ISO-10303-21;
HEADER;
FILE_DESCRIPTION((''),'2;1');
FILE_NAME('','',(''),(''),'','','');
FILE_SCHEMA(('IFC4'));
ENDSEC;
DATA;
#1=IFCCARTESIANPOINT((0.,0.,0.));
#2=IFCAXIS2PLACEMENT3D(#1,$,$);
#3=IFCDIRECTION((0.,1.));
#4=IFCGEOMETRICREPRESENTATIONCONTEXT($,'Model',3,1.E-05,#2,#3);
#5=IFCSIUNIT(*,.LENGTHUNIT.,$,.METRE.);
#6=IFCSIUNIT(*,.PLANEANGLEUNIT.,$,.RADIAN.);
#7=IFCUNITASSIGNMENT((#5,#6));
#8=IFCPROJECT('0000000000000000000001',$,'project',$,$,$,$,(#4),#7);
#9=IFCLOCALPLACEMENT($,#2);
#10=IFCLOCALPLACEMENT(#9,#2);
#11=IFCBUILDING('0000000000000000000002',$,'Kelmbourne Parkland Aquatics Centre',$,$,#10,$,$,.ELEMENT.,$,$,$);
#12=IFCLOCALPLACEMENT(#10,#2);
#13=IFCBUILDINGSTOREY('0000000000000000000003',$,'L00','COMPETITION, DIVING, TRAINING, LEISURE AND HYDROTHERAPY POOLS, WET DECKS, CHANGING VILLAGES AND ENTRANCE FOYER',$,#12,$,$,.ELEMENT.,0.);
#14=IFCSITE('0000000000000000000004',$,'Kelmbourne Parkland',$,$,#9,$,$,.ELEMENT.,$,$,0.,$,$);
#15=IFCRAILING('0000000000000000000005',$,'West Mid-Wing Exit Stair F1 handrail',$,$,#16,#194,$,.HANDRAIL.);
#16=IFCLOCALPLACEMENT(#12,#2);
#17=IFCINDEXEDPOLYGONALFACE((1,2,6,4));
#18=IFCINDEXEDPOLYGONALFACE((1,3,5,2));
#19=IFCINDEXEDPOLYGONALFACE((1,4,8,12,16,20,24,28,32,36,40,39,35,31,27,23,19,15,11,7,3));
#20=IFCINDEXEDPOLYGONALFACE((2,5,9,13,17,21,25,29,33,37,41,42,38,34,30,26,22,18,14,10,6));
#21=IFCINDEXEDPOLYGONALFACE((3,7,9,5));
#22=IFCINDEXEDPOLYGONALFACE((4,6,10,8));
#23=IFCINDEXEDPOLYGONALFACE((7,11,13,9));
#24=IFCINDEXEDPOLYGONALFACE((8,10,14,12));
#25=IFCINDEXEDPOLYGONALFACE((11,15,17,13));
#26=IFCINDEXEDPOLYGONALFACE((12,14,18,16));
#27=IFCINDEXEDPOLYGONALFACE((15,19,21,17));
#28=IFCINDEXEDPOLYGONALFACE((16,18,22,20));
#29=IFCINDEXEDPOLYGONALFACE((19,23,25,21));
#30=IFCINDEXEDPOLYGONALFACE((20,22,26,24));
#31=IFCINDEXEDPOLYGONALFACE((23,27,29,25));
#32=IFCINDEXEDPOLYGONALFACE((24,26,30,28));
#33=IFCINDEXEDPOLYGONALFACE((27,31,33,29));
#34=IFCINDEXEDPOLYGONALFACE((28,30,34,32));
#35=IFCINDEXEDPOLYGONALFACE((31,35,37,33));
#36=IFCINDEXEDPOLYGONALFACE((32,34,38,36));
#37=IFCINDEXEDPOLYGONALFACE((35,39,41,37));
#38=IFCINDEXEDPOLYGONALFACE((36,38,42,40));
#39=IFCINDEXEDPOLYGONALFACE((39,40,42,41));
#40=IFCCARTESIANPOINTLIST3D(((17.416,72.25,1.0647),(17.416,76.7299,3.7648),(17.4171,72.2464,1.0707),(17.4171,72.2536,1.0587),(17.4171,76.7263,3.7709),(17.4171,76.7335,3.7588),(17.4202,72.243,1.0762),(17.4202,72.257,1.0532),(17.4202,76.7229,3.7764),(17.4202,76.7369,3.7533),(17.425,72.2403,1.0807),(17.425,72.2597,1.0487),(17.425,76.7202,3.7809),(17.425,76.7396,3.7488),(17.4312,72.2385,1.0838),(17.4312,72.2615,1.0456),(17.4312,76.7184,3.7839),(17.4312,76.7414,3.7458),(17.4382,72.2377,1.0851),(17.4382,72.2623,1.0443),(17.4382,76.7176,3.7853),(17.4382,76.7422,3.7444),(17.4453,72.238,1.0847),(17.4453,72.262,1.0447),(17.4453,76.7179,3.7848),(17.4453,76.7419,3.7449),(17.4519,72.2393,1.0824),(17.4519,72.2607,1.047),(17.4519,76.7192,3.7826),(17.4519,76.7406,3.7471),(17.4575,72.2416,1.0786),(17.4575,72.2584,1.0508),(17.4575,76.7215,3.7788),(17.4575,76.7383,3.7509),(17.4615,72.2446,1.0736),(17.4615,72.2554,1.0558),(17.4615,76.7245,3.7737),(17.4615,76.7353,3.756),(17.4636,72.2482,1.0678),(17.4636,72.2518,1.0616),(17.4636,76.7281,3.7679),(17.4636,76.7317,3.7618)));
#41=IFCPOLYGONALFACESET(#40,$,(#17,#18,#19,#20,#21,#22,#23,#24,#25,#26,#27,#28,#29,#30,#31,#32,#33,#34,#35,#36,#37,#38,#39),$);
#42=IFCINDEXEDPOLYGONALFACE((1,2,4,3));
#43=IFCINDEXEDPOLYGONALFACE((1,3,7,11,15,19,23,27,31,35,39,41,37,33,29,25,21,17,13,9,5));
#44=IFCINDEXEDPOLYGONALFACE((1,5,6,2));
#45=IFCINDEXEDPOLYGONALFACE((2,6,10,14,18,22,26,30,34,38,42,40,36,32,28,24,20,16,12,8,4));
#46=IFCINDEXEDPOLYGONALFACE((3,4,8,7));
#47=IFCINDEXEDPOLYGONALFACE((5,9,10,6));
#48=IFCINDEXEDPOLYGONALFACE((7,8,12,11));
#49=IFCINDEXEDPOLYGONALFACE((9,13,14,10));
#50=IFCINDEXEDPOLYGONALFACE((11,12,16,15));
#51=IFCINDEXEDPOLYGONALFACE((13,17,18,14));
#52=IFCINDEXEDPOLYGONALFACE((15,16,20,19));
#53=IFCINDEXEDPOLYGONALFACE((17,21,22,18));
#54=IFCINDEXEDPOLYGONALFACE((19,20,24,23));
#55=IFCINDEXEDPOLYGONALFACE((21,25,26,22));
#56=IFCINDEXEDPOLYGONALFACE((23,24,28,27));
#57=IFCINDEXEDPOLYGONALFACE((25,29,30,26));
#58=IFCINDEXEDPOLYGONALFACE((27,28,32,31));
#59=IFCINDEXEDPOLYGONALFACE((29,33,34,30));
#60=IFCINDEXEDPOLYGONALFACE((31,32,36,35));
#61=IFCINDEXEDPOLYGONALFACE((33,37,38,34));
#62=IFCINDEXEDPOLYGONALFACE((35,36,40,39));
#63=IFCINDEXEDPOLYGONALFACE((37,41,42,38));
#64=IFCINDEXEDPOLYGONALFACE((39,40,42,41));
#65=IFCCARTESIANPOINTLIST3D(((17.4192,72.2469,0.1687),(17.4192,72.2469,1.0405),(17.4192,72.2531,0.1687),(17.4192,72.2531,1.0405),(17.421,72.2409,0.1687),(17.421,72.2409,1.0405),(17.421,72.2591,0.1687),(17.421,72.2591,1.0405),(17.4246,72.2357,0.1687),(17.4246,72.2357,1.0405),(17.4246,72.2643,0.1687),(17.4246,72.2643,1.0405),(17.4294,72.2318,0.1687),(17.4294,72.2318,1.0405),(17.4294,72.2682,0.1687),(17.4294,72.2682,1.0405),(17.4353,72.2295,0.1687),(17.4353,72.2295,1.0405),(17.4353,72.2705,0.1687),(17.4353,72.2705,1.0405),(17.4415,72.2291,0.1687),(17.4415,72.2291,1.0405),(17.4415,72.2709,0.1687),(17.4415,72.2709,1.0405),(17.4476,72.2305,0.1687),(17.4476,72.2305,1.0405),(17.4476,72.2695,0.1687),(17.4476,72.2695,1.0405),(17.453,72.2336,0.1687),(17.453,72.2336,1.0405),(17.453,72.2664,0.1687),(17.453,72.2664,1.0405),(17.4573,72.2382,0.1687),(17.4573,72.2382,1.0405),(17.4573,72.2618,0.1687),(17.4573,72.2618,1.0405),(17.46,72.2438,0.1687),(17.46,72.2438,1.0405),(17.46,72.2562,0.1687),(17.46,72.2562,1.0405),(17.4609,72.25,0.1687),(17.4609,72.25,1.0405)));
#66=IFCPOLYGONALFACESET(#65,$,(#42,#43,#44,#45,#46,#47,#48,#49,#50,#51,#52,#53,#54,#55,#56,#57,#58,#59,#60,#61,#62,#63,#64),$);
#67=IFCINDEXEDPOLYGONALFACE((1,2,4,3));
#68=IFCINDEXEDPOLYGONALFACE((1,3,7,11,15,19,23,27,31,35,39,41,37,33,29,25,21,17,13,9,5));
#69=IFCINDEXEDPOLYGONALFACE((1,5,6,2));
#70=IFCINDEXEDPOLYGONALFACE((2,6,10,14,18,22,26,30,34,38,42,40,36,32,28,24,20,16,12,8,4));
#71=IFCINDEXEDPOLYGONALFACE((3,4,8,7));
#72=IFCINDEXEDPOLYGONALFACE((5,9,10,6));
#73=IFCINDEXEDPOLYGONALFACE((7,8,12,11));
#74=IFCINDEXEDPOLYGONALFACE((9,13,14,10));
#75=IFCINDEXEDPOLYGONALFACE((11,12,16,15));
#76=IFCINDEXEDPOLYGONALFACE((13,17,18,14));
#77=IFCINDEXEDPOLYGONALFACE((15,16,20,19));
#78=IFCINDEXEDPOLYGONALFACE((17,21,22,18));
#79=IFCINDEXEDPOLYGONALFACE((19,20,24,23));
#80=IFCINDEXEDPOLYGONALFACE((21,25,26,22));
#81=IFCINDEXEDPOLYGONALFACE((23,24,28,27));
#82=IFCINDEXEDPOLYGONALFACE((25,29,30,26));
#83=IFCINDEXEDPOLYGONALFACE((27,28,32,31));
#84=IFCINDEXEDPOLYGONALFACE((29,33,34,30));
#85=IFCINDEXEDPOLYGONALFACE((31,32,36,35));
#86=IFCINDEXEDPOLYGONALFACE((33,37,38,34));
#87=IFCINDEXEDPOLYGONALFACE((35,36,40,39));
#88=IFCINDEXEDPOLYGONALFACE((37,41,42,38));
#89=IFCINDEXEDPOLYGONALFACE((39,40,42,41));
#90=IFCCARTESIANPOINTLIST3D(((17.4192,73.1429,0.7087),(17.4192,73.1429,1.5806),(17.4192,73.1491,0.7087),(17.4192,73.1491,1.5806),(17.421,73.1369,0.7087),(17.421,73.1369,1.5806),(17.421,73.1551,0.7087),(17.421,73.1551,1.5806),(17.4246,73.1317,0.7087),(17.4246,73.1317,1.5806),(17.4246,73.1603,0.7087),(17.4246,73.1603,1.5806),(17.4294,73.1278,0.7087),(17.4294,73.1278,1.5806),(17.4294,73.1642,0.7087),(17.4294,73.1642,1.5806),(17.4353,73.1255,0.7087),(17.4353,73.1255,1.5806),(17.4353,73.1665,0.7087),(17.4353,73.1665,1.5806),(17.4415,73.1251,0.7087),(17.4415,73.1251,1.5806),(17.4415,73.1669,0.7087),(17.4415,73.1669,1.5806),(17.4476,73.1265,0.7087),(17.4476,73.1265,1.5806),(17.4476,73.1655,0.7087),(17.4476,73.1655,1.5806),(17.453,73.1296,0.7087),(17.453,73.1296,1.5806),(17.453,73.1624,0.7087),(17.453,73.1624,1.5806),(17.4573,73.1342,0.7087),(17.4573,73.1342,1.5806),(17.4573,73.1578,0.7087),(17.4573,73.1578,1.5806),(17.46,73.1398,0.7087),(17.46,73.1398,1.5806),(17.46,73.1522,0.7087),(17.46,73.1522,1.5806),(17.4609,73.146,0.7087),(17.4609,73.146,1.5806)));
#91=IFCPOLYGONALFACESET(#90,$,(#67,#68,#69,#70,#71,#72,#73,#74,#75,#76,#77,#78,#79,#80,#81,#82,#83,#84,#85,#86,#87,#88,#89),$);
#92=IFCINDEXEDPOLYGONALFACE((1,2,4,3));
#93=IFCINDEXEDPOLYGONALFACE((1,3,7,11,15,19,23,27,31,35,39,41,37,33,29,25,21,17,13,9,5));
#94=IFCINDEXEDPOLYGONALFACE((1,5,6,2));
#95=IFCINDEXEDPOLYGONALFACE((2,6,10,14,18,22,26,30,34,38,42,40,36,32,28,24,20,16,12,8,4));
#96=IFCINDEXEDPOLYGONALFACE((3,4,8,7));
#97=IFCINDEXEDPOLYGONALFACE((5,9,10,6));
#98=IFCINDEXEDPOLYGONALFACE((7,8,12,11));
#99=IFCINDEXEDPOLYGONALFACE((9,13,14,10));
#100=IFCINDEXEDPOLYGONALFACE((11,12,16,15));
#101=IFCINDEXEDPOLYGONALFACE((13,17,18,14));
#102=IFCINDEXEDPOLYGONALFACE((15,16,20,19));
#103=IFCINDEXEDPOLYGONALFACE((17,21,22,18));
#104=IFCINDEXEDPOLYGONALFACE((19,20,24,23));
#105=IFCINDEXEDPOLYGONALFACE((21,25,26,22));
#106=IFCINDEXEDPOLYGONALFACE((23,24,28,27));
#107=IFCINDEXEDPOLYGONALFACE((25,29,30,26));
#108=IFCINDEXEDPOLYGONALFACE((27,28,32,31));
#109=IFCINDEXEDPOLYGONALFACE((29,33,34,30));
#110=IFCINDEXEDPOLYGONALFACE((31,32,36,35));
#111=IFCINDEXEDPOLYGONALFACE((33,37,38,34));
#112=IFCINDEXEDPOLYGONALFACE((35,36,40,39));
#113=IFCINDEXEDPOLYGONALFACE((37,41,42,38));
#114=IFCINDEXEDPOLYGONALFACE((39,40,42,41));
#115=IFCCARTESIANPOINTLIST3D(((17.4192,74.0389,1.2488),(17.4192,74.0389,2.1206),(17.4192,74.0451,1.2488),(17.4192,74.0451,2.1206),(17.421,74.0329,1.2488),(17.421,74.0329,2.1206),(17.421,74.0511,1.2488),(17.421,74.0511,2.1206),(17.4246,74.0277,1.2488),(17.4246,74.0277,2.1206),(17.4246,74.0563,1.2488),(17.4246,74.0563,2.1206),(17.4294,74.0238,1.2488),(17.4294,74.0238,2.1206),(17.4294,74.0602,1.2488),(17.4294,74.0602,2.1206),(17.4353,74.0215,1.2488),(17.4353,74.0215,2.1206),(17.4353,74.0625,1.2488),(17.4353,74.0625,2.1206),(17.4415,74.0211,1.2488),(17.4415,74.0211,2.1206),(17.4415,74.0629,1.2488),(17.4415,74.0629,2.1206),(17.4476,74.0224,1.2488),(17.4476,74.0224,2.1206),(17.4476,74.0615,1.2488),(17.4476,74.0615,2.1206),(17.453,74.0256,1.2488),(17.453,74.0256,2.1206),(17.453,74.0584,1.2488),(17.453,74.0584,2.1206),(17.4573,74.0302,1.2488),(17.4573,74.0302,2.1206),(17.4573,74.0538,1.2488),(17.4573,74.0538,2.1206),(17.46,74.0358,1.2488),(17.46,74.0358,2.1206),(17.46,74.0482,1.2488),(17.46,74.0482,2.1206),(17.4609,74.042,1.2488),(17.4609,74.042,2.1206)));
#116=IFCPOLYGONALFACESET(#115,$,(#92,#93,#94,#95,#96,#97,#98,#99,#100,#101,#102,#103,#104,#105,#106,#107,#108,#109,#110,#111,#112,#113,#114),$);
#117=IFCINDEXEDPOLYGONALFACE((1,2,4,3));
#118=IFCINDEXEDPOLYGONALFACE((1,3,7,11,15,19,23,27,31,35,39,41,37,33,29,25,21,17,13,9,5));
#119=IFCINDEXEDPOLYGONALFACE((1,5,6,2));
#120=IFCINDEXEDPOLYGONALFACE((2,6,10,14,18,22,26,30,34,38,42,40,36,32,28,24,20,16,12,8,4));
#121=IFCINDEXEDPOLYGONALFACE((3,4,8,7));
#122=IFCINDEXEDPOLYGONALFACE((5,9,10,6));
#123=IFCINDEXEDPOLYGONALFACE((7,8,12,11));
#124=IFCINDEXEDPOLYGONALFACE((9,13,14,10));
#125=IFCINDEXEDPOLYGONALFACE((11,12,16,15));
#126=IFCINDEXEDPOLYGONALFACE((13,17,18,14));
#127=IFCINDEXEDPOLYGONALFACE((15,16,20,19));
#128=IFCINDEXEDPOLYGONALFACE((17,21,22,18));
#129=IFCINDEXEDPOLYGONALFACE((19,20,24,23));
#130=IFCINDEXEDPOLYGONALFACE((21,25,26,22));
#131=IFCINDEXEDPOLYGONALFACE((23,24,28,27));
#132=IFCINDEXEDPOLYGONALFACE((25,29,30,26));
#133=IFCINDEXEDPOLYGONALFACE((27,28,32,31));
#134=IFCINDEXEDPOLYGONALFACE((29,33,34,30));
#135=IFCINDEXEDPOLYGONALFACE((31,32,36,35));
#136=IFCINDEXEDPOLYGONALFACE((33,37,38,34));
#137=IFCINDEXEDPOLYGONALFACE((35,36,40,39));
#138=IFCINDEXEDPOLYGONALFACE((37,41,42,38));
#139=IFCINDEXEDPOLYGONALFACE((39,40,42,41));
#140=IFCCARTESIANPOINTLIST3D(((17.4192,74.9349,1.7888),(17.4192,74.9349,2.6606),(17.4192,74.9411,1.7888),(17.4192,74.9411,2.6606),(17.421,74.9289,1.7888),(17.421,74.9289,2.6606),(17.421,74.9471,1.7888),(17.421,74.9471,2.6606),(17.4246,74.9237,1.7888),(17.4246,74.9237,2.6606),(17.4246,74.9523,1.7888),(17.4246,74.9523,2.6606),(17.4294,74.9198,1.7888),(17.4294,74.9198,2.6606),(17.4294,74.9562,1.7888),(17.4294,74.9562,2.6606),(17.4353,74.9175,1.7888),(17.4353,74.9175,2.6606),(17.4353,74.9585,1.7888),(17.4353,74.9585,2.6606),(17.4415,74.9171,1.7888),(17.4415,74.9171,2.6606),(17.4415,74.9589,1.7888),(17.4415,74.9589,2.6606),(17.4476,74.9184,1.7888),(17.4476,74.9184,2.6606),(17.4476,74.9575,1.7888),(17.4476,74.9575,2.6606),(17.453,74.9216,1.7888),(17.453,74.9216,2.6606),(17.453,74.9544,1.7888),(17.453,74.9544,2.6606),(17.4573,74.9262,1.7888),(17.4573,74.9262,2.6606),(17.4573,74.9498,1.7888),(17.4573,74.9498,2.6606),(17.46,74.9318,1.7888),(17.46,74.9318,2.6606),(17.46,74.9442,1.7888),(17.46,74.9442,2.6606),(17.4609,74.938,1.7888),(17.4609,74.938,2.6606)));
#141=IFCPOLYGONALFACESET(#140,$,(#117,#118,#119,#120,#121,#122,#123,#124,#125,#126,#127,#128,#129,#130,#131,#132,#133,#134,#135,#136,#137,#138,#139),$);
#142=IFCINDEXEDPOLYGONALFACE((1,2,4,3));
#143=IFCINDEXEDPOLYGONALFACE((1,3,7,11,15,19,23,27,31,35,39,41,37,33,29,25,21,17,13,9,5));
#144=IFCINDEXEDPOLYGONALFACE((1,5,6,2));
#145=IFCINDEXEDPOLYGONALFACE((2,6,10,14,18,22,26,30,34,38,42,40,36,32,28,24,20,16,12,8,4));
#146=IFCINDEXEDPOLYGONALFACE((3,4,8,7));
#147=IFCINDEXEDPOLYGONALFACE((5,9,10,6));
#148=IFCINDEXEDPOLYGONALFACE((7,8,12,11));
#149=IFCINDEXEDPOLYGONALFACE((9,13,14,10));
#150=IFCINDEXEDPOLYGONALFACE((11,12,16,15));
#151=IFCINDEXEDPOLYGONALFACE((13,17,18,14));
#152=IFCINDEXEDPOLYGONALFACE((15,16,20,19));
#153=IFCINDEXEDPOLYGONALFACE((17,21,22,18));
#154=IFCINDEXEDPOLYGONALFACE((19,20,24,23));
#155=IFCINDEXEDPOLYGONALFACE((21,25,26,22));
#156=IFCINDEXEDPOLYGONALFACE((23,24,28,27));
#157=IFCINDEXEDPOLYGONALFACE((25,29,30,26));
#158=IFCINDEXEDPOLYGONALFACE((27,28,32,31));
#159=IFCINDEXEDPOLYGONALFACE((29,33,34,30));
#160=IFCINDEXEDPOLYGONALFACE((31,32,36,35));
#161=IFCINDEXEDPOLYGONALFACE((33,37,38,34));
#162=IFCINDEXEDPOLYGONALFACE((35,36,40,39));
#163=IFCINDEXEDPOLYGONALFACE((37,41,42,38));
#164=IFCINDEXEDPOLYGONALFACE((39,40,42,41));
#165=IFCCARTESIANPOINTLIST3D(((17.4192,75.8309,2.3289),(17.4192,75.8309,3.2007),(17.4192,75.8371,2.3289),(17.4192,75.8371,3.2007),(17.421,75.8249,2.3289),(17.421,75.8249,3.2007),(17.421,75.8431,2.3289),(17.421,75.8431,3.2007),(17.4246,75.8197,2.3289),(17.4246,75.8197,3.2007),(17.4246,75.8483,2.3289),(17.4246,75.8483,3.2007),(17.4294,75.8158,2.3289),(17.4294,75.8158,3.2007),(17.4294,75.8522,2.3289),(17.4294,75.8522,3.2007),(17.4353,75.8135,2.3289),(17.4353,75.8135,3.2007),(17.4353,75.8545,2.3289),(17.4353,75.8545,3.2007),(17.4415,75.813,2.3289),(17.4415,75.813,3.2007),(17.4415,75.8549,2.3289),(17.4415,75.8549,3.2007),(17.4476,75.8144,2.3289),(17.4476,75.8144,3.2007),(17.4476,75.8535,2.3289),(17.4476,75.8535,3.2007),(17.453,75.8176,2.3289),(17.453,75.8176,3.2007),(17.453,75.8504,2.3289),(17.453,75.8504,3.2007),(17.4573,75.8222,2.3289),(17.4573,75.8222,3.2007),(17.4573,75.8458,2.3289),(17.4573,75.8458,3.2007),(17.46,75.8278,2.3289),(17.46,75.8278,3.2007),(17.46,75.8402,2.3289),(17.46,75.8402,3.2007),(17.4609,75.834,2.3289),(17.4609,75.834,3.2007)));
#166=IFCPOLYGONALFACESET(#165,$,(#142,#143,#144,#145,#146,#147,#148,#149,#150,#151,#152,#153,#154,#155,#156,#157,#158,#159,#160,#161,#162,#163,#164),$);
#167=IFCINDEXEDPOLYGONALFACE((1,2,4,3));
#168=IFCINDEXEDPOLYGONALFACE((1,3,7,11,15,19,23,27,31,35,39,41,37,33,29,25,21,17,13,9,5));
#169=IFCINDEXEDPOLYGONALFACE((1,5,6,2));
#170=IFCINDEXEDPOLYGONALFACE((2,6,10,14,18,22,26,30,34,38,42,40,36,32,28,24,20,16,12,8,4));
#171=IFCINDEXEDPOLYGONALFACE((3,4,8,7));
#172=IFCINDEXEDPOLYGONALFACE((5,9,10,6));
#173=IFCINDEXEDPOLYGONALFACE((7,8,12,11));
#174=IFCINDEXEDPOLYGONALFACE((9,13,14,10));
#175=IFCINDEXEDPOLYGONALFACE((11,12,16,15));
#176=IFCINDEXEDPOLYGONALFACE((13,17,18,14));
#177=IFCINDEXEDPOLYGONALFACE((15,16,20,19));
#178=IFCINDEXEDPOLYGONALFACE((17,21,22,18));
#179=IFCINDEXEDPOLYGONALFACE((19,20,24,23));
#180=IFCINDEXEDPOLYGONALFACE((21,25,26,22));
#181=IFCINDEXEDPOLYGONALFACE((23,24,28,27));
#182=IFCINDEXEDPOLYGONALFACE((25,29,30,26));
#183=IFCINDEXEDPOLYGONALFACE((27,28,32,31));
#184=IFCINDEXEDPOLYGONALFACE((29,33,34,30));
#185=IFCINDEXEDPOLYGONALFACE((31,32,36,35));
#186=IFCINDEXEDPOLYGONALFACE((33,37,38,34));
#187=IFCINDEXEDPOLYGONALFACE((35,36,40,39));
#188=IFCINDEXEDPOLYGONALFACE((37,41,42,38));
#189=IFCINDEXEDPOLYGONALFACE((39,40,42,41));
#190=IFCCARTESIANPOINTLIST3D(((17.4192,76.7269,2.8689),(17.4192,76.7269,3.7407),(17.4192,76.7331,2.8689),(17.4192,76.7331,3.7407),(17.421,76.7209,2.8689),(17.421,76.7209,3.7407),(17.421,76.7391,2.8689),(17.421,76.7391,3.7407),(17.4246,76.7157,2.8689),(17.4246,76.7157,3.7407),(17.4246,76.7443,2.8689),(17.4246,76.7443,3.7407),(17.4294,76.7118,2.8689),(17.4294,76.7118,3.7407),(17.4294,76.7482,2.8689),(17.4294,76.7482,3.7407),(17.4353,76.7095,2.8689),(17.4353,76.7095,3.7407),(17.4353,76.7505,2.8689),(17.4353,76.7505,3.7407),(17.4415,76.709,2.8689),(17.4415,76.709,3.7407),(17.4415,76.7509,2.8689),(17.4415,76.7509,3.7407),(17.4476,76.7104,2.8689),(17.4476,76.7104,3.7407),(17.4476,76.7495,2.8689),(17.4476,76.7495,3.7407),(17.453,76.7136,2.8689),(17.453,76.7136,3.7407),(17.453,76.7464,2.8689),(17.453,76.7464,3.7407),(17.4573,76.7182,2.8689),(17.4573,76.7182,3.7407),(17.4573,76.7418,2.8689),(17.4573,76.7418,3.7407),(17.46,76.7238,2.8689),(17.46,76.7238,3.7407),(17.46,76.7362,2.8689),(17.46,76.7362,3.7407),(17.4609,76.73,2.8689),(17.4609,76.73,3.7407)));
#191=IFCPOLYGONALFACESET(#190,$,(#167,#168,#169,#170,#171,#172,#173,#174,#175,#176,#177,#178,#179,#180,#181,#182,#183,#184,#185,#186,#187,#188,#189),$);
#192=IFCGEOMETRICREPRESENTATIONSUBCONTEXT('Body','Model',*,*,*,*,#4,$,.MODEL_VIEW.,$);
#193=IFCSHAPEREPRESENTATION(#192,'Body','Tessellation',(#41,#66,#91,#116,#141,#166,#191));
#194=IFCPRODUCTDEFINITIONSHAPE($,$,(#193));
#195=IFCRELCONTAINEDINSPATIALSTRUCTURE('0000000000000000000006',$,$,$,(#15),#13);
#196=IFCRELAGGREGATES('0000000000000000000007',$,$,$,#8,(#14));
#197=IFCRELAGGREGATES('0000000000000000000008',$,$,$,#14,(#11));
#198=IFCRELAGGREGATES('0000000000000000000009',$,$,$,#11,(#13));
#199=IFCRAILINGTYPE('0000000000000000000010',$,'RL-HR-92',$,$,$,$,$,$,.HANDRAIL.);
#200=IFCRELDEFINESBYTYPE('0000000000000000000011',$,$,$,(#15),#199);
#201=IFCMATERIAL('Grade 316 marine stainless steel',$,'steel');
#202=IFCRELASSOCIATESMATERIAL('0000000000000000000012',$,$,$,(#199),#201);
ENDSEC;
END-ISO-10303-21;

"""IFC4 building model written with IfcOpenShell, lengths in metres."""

from ifc_helpers import new_model, si_unit, direction, frame, origin, origin_2d, place, context, subcontext, project, spatial, circle, extrude, material, type_object, element, save


model = new_model("IFC4")

# Units and contexts
model_context = context("Model", 3, precision=1e-05, world=origin(), true_north=direction((0.0, 1.0)))
body_context = subcontext(model_context, "Body", "Model", "MODEL_VIEW")
ifc_project = project(units=[si_unit("LENGTHUNIT", "METRE"), si_unit("PLANEANGLEUNIT", "RADIAN")], contexts=[model_context])

# Site, building, storey
site_placement = place(None, origin())
site = spatial("IfcSite", under=ifc_project, at=site_placement, Name="Kelmbourne Parkland", CompositionType="ELEMENT", RefElevation=0.0)
building_placement = place(site_placement, origin())
building = spatial("IfcBuilding", under=site, at=building_placement, Name="Kelmbourne Parkland Aquatics Centre", CompositionType="ELEMENT")
storey_placement = place(building_placement, origin())
storey = spatial("IfcBuildingStorey", under=building, at=storey_placement, Name="L00", Description="COMPETITION, DIVING, TRAINING, LEISURE AND HYDROTHERAPY POOLS, WET DECKS, CHANGING VILLAGES AND ENTRANCE FOYER", CompositionType="ELEMENT", Elevation=0.0)

# Railing
ifc_material_1 = material(Name="Grade 316 marine stainless steel", Category="steel")
railing_type_1 = type_object("IfcRailingType", Name="RL-HR-92", PredefinedType="HANDRAIL", material=ifc_material_1)
railing_1_placement = place(storey_placement, frame((17.4399, 72.25, 0.1687)))
element("IfcRailing", 1, at=railing_1_placement, inside=storey, type_object=railing_type_1, Name="West Mid-Wing Exit Stair F1 handrail", PredefinedType="HANDRAIL", context=body_context, shape_type="SweptSolid", body=[
    extrude(circle(Radius=0.0239, at=origin_2d()), frame((0.0, 0.0, 0.896), z_axis=(0.0, 0.856462, 0.516211), x_axis=(-1.0, 0.0, 0.0)), (0.0, 0.0, 1.0), 5.2307),
    extrude(circle(Radius=0.021, at=origin_2d()), origin(), (0.0, 0.0, 1.0), 0.8718),
    extrude(circle(Radius=0.021, at=origin_2d()), frame((0.0, 0.896, 0.54)), (0.0, 0.0, 1.0), 0.8718),
    extrude(circle(Radius=0.021, at=origin_2d()), frame((0.0, 1.792, 1.0801)), (0.0, 0.0, 1.0), 0.8718),
    extrude(circle(Radius=0.021, at=origin_2d()), frame((0.0, 2.688, 1.6201)), (0.0, 0.0, 1.0), 0.8718),
    extrude(circle(Radius=0.021, at=origin_2d()), frame((0.0, 3.584, 2.1602)), (0.0, 0.0, 1.0), 0.8718),
    extrude(circle(Radius=0.021, at=origin_2d()), frame((0.0, 4.48, 2.7002)), (0.0, 0.0, 1.0), 0.8718),
])

save(model, "model.ifc")
